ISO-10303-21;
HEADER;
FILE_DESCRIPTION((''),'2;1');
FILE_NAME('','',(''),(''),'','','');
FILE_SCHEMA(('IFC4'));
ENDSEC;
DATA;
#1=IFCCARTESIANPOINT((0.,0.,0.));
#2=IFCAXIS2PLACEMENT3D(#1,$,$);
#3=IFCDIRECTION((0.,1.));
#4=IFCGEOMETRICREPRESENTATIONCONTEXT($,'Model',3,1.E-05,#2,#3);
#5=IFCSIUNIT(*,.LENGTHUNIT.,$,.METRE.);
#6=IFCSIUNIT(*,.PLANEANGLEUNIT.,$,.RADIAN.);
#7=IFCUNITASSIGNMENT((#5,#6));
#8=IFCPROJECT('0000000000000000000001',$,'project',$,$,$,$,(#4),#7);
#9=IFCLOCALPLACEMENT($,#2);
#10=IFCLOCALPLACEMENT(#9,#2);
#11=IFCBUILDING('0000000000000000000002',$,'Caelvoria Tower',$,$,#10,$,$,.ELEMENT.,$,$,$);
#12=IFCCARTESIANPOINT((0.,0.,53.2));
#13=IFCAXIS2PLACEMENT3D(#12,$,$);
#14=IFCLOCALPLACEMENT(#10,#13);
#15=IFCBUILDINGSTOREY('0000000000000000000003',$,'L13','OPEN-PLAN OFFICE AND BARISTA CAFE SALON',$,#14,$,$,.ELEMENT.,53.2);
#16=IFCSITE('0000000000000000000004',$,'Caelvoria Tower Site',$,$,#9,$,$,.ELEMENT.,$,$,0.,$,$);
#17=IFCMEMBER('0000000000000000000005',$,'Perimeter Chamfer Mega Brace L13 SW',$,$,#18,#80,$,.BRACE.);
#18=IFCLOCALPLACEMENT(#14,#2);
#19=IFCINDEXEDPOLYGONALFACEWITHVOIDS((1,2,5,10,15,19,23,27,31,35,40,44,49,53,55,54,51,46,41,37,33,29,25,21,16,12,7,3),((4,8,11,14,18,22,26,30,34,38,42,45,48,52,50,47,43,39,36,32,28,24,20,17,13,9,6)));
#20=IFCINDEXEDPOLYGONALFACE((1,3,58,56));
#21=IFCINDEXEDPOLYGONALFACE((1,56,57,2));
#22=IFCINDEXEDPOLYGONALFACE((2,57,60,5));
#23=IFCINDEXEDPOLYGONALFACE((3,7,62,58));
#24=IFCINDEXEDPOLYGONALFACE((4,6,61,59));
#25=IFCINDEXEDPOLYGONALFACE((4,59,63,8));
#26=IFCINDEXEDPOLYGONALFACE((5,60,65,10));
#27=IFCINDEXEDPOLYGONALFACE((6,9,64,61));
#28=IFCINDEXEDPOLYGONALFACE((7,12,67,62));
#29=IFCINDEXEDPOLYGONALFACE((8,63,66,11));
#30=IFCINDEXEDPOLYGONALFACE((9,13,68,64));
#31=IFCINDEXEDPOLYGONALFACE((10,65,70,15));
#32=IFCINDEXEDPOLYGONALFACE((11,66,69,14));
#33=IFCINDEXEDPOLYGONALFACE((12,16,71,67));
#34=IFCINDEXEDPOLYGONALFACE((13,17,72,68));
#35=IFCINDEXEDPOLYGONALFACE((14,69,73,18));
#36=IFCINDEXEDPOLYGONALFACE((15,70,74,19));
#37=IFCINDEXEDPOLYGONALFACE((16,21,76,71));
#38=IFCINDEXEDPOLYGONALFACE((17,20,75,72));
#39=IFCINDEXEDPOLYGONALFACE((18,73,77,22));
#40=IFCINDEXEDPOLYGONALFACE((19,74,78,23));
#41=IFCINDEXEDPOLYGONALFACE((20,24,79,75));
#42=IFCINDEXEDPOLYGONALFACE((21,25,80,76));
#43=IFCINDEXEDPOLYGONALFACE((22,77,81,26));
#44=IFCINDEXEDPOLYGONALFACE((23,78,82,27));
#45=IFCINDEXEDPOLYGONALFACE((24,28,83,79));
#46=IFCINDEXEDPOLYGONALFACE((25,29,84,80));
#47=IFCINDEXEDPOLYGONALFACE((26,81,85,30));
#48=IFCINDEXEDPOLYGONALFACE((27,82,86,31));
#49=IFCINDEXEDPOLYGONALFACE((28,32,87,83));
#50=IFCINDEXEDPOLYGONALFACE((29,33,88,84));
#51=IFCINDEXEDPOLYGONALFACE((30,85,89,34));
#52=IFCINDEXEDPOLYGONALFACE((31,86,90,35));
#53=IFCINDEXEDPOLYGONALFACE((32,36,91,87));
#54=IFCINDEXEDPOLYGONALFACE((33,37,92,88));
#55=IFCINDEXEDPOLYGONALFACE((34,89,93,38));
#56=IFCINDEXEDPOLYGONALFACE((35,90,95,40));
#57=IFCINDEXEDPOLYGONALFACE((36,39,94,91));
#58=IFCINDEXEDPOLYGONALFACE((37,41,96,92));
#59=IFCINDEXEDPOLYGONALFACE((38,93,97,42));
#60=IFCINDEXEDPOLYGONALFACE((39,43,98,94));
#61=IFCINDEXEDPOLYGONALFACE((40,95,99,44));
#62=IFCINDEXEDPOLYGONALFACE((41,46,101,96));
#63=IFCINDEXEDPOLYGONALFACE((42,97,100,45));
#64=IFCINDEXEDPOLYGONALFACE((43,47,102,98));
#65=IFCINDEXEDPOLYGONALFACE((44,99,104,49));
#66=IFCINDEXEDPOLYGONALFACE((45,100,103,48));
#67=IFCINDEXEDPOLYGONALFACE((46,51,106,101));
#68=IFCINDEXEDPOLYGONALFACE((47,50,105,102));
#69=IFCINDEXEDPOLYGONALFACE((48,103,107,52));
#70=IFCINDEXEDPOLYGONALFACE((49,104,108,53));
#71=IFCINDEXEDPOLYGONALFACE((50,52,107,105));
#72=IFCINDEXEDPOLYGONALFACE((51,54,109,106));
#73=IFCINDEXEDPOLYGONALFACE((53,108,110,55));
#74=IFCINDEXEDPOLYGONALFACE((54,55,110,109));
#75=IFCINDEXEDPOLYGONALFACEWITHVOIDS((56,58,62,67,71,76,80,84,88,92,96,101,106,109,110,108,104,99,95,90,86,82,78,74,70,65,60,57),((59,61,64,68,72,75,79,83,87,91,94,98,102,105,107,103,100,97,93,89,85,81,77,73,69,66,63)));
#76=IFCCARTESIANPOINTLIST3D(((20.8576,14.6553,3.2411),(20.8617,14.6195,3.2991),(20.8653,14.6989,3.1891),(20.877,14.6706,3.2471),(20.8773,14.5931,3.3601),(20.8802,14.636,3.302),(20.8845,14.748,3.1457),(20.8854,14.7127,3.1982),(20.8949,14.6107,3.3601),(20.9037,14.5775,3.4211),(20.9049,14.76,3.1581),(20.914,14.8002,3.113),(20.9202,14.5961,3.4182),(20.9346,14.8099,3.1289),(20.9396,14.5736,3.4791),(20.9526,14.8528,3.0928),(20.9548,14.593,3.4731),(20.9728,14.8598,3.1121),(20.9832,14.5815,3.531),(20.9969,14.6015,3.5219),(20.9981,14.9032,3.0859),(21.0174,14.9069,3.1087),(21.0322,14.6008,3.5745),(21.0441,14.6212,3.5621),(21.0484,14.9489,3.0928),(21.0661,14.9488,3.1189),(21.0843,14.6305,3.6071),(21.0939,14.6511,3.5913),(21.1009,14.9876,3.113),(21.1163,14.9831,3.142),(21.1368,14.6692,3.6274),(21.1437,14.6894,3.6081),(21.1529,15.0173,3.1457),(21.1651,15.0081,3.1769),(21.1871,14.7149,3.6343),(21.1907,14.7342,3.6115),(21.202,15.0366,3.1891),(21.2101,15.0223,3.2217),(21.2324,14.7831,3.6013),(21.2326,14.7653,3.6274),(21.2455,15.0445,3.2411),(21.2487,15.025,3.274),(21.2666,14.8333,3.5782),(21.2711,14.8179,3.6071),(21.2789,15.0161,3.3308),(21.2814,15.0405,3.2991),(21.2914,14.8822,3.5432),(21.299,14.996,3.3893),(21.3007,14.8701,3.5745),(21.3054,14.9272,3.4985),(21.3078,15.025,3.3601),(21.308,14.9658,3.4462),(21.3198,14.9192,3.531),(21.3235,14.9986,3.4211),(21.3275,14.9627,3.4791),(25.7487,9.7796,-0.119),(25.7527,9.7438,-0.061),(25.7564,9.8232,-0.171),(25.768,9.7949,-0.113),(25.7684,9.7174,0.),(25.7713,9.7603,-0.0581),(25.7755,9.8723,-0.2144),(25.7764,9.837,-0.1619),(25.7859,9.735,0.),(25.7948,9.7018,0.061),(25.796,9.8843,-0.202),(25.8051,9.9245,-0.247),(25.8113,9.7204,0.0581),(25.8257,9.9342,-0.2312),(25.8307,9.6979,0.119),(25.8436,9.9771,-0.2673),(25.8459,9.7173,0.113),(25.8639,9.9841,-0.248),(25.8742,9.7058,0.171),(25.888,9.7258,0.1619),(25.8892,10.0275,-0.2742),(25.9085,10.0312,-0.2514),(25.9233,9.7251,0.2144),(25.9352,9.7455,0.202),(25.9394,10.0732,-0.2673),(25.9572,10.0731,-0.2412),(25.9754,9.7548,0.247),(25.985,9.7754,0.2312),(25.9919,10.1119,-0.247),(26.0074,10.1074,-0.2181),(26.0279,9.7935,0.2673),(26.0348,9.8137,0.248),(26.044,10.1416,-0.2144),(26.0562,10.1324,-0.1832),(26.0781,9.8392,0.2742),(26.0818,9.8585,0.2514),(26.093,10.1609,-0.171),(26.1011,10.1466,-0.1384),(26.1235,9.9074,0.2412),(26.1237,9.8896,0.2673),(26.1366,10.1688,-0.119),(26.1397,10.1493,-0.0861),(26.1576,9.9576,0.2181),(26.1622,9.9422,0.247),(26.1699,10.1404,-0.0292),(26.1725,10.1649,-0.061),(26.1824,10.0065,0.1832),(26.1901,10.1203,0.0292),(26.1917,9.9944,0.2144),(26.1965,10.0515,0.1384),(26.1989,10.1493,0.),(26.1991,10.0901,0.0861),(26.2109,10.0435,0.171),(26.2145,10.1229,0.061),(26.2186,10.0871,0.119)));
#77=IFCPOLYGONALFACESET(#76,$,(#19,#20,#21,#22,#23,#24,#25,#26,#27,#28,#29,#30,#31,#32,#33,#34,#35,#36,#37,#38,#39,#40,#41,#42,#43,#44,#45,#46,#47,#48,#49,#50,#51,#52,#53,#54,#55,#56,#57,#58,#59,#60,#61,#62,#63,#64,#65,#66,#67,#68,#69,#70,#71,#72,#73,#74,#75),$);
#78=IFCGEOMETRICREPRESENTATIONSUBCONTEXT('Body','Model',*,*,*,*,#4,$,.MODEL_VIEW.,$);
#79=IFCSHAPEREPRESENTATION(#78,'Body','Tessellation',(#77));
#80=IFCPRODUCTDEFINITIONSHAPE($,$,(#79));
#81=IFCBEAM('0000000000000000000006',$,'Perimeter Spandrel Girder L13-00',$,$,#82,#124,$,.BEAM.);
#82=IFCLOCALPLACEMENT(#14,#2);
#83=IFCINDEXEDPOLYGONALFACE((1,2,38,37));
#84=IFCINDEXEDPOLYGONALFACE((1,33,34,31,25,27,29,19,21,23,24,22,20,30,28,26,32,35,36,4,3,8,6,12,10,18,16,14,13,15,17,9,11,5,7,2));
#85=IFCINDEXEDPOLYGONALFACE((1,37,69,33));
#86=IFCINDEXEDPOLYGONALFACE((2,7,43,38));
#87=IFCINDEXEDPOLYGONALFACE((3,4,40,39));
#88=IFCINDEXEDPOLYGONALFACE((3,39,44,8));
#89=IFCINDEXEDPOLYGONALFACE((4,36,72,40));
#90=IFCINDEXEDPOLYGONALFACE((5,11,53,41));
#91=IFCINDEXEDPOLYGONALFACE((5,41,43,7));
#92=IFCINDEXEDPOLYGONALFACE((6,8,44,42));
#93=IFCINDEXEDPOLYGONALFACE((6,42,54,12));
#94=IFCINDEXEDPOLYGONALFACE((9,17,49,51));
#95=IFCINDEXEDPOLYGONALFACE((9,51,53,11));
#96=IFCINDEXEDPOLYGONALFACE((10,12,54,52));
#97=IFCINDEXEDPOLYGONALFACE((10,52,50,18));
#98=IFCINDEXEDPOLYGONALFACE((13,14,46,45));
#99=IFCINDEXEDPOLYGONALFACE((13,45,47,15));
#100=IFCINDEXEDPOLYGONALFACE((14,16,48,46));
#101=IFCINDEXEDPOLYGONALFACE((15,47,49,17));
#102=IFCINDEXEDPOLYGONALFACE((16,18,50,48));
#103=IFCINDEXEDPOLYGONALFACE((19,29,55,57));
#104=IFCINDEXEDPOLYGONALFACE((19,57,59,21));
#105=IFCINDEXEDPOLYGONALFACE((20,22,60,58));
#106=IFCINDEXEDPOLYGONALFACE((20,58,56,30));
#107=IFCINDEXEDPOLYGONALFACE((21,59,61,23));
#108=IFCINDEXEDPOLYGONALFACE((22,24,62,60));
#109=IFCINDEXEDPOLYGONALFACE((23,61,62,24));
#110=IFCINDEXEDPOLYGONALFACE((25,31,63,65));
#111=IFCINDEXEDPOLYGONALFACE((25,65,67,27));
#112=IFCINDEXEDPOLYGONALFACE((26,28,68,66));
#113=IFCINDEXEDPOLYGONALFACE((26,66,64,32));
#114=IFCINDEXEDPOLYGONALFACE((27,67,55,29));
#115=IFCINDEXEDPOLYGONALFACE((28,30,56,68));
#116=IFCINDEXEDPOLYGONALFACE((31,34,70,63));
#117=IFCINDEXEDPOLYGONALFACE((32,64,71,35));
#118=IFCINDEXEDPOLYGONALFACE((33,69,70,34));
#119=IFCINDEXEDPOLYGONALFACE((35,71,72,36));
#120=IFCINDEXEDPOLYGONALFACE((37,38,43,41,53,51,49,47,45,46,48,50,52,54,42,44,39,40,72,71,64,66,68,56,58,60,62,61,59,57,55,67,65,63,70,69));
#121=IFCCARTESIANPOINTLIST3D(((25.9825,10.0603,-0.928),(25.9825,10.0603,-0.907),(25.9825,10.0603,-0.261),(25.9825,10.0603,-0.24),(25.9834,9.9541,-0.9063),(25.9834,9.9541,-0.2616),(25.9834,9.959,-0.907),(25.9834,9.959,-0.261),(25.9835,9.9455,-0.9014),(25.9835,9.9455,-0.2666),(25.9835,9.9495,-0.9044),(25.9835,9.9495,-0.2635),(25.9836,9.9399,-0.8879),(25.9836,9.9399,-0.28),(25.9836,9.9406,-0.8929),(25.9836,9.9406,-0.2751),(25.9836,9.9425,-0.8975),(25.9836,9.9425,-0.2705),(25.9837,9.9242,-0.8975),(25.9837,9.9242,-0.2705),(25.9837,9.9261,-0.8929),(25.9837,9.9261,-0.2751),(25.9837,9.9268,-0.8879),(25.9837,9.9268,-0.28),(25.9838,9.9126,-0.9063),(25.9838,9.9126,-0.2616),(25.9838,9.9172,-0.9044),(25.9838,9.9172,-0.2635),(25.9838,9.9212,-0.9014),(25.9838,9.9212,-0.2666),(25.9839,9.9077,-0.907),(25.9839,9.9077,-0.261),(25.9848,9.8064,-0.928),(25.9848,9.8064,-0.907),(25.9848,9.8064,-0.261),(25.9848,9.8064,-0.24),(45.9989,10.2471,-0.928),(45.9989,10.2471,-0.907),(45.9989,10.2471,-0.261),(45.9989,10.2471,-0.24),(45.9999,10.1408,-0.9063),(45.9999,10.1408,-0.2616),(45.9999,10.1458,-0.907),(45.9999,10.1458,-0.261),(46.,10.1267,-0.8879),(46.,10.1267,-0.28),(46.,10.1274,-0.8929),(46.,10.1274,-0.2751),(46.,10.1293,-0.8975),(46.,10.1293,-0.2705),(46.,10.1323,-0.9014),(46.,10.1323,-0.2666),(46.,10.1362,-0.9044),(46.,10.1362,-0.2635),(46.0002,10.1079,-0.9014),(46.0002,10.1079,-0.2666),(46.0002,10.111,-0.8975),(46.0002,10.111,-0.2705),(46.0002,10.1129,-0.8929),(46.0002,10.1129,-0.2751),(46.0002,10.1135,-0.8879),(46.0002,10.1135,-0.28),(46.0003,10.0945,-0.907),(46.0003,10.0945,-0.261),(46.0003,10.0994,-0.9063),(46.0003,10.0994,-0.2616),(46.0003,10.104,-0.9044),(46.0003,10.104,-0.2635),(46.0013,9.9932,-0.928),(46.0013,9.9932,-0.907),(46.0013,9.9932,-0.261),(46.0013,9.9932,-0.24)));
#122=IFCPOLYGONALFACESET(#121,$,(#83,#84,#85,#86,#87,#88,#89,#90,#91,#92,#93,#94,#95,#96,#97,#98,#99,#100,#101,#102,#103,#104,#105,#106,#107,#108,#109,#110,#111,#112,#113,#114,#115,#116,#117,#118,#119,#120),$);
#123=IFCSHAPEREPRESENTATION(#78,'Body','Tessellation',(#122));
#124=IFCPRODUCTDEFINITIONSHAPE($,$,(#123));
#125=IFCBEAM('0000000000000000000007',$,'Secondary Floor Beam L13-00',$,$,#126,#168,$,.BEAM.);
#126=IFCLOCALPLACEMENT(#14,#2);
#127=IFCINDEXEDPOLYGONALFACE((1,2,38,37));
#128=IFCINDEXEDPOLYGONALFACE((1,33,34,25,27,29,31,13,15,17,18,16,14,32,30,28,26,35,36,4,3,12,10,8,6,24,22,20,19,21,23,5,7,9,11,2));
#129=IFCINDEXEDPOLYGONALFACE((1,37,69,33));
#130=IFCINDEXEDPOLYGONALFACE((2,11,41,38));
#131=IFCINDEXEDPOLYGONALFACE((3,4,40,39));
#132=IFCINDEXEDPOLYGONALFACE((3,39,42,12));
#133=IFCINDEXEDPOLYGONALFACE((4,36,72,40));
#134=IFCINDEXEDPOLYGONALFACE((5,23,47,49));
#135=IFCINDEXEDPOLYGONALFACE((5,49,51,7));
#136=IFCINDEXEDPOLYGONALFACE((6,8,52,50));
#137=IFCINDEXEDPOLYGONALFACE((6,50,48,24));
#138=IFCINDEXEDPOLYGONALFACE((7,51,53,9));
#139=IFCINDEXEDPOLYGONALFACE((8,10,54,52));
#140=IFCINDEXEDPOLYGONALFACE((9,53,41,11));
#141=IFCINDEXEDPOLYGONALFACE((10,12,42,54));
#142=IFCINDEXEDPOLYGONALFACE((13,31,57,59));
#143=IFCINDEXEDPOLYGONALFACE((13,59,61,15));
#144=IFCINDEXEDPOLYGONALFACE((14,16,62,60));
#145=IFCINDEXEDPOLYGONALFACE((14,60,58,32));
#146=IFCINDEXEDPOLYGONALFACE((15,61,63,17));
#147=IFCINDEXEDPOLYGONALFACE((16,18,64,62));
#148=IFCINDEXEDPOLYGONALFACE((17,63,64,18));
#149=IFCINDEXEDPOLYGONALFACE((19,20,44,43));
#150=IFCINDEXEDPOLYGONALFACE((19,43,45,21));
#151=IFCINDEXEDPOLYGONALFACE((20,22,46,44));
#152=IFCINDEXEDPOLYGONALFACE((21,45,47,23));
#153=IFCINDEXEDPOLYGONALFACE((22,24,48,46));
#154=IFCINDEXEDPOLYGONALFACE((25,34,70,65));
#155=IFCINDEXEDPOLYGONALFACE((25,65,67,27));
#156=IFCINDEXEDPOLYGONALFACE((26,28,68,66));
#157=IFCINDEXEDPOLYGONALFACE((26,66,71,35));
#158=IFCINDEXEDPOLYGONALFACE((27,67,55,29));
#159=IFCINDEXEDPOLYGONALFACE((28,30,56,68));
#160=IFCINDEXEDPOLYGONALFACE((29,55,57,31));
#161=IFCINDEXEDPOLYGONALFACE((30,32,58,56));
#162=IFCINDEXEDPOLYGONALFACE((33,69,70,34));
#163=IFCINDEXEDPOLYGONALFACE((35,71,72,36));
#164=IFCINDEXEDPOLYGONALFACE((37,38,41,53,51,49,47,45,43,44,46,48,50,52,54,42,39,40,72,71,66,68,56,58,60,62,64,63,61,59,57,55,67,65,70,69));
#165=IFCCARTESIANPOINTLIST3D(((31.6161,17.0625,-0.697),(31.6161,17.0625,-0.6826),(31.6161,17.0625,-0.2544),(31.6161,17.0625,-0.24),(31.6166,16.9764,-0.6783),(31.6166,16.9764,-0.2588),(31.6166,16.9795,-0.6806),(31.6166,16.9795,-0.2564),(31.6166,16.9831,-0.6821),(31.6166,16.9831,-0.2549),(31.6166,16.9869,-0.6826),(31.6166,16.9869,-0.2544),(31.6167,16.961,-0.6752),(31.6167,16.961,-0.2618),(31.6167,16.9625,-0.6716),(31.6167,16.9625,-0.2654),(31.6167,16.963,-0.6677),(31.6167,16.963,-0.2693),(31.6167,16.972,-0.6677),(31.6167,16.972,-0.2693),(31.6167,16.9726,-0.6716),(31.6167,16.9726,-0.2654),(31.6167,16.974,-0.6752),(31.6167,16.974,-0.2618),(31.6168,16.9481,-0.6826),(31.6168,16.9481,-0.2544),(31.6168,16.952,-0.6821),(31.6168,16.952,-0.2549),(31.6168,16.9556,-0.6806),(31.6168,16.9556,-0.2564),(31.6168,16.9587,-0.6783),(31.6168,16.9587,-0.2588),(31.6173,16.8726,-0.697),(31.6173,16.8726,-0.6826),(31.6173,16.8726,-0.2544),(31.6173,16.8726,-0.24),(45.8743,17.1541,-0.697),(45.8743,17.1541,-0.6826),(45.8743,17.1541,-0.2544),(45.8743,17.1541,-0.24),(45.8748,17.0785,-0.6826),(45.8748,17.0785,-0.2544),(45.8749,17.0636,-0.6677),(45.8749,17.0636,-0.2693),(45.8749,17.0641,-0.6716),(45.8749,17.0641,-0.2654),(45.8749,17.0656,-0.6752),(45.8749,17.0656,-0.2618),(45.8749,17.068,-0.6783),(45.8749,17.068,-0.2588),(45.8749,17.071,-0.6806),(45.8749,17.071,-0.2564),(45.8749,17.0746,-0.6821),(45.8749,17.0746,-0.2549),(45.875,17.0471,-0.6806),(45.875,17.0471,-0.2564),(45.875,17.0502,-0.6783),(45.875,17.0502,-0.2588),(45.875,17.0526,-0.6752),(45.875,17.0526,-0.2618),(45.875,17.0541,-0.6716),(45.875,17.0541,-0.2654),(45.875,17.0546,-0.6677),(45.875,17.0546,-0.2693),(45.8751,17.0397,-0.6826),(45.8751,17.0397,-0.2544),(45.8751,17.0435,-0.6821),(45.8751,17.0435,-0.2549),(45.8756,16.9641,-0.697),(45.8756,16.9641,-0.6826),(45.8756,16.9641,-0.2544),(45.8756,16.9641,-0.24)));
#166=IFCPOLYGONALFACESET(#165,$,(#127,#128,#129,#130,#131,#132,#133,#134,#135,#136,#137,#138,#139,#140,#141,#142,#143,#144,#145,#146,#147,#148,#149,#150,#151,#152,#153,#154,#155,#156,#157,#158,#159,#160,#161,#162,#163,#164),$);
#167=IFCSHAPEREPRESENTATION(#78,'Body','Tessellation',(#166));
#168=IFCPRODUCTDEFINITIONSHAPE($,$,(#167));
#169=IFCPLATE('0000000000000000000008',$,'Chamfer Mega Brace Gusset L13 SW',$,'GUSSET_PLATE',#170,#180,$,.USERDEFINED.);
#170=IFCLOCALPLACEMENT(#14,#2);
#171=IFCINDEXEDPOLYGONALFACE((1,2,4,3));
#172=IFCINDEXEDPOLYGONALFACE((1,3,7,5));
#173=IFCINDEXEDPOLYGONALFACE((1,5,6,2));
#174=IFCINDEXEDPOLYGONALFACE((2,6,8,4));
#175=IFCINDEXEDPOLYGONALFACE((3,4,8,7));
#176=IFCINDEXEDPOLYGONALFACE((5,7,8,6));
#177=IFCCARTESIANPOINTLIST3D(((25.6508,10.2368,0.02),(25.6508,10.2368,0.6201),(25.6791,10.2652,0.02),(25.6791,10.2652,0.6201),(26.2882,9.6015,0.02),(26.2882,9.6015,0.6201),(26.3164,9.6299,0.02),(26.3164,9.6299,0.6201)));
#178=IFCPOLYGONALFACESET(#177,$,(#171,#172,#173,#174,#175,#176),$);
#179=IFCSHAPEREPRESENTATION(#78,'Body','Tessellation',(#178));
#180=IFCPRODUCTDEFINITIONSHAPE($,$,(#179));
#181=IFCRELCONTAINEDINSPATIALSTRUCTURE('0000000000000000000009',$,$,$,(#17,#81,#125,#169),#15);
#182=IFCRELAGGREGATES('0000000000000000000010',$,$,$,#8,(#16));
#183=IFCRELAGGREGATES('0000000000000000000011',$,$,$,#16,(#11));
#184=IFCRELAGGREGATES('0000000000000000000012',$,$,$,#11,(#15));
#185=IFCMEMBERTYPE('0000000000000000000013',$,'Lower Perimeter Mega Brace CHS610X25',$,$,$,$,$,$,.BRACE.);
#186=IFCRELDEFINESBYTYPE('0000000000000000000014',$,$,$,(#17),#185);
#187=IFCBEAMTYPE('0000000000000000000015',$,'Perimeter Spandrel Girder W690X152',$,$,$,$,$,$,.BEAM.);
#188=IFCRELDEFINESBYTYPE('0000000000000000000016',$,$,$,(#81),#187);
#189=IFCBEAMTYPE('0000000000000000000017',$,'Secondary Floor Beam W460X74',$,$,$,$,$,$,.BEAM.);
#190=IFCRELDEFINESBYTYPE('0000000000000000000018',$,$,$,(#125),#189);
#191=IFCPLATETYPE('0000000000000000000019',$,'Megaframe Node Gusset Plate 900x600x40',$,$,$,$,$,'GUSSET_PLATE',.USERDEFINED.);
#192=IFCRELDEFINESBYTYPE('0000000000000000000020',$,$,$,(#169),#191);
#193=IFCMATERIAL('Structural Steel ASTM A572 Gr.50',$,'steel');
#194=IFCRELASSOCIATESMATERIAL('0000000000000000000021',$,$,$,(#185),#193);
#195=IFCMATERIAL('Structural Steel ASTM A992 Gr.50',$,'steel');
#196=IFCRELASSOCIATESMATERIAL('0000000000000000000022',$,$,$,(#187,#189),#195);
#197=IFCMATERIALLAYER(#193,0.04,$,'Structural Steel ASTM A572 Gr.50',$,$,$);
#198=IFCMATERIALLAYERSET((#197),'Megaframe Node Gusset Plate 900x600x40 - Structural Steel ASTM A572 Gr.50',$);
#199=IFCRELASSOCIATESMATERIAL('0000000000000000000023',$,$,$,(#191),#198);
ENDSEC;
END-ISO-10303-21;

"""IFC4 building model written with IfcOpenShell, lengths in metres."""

from ifc_helpers import new_model, si_unit, direction, frame, origin, origin_2d, place, context, subcontext, project, spatial, rectangle, hollow_circle, i_section, extrude, material, layer, layer_set, material_profile, profile_set, type_object, element, save


model = new_model("IFC4")

# Units and contexts
model_context = context("Model", 3, precision=1e-05, world=origin(), true_north=direction((0.0, 1.0)))
body_context = subcontext(model_context, "Body", "Model", "MODEL_VIEW")
ifc_project = project(units=[si_unit("LENGTHUNIT", "METRE"), si_unit("PLANEANGLEUNIT", "RADIAN")], contexts=[model_context])

# Site, building, storey
site_placement = place(None, origin())
site = spatial("IfcSite", under=ifc_project, at=site_placement, Name="Caelvoria Tower Site", CompositionType="ELEMENT", RefElevation=0.0)
building_placement = place(site_placement, origin())
building = spatial("IfcBuilding", under=site, at=building_placement, Name="Caelvoria Tower", CompositionType="ELEMENT")
storey_placement = place(building_placement, frame((0.0, 0.0, 53.2)))
storey = spatial("IfcBuildingStorey", under=building, at=storey_placement, Name="L13", Description="OPEN-PLAN OFFICE AND BARISTA CAFE SALON", CompositionType="ELEMENT", Elevation=53.2)

# Member
ifc_material_1 = material(Name="Structural Steel ASTM A572 Gr.50", Category="steel")
ifc_material_profile_1 = material_profile(ifc_material_1, hollow_circle(Radius=0.3049, WallThickness=0.0249, at=origin_2d()), Name="Structural Steel ASTM A572 Gr.50")
ifc_profile_set_1 = profile_set([ifc_material_profile_1], Name="CHS610X25 - Structural Steel ASTM A572 Gr.50")
member_type = type_object("IfcMemberType", Name="Lower Perimeter Mega Brace CHS610X25", PredefinedType="BRACE", material=ifc_profile_set_1)
member_placement = place(storey_placement, frame((25.9836, 9.9333, 0.0), z_axis=(-0.636844, 0.634841, 0.4375), x_axis=(-0.705992, -0.708219, 0.0)))
element("IfcMember", 1, at=member_placement, inside=storey, type_object=member_type, Name="Perimeter Chamfer Mega Brace L13 SW", PredefinedType="BRACE", context=body_context, shape_type="SweptSolid", body=[
    extrude(hollow_circle(Radius=0.3049, WallThickness=0.0249, at=origin_2d()), origin(), (0.0, 0.0, 1.0), 7.6802),
])

# Beams
ifc_material_2 = material(Name="Structural Steel ASTM A992 Gr.50", Category="steel")
ifc_material_profile_2 = material_profile(ifc_material_2, i_section(OverallWidth=0.2539, OverallDepth=0.688, WebThickness=0.0132, FlangeThickness=0.021, FilletRadius=0.019, at=origin_2d()), Name="Structural Steel ASTM A992 Gr.50")
ifc_profile_set_2 = profile_set([ifc_material_profile_2], Name="W690X152 - Structural Steel ASTM A992 Gr.50")
beam_type_1 = type_object("IfcBeamType", Name="Perimeter Spandrel Girder W690X152", PredefinedType="BEAM", material=ifc_profile_set_2)
beam_1_placement = place(storey_placement, frame((25.9836, 9.9333, -0.584), z_axis=(0.999956, 0.00933, 0.0), x_axis=(-0.00933, 0.999956, 0.0)))
element("IfcBeam", 2, at=beam_1_placement, inside=storey, type_object=beam_type_1, Name="Perimeter Spandrel Girder L13-00", PredefinedType="BEAM", context=body_context, shape_type="SweptSolid", body=[
    extrude(i_section(OverallWidth=0.2539, OverallDepth=0.688, WebThickness=0.0132, FlangeThickness=0.021, FilletRadius=0.019, at=origin_2d()), origin(), (0.0, 0.0, 1.0), 20.0173),
])
ifc_material_profile_3 = material_profile(ifc_material_2, i_section(OverallWidth=0.1899, OverallDepth=0.457, WebThickness=0.009, FlangeThickness=0.0144, FilletRadius=0.0149, at=origin_2d()), Name="Structural Steel ASTM A992 Gr.50")
ifc_profile_set_3 = profile_set([ifc_material_profile_3], Name="W460X74 - Structural Steel ASTM A992 Gr.50")
beam_type_2 = type_object("IfcBeamType", Name="Secondary Floor Beam W460X74", PredefinedType="BEAM", material=ifc_profile_set_3)
beam_2_placement = place(storey_placement, frame((31.6167, 16.9675, -0.4685), z_axis=(0.999979, 0.006421, 0.0), x_axis=(-0.006421, 0.999979, 0.0)))
element("IfcBeam", 3, at=beam_2_placement, inside=storey, type_object=beam_type_2, Name="Secondary Floor Beam L13-00", PredefinedType="BEAM", context=body_context, shape_type="SweptSolid", body=[
    extrude(i_section(OverallWidth=0.1899, OverallDepth=0.457, WebThickness=0.009, FlangeThickness=0.0144, FilletRadius=0.0149, at=origin_2d()), origin(), (0.0, 0.0, 1.0), 14.2585),
])

# Plate
ifc_layer_1 = layer(ifc_material_1, 0.04, Name="Structural Steel ASTM A572 Gr.50")
ifc_layer_set_1 = layer_set([ifc_layer_1], Name="Megaframe Node Gusset Plate 900x600x40 - Structural Steel ASTM A572 Gr.50")
plate_type = type_object("IfcPlateType", Name="Megaframe Node Gusset Plate 900x600x40", ElementType="GUSSET_PLATE", PredefinedType="USERDEFINED", material=ifc_layer_set_1)
plate_placement = place(storey_placement, frame((25.9836, 9.9333, 0.02), z_axis=(0.0, 0.0, 1.0), x_axis=(-0.70822, 0.705991, 0.0)))
element("IfcPlate", 4, at=plate_placement, inside=storey, type_object=plate_type, Name="Chamfer Mega Brace Gusset L13 SW", ObjectType="GUSSET_PLATE", PredefinedType="USERDEFINED", context=body_context, shape_type="SweptSolid", body=[
    extrude(rectangle(XDim=0.8999, YDim=0.04, at=origin_2d()), origin(), (0.0, 0.0, 1.0), 0.6001),
])

save(model, "model.ifc")
